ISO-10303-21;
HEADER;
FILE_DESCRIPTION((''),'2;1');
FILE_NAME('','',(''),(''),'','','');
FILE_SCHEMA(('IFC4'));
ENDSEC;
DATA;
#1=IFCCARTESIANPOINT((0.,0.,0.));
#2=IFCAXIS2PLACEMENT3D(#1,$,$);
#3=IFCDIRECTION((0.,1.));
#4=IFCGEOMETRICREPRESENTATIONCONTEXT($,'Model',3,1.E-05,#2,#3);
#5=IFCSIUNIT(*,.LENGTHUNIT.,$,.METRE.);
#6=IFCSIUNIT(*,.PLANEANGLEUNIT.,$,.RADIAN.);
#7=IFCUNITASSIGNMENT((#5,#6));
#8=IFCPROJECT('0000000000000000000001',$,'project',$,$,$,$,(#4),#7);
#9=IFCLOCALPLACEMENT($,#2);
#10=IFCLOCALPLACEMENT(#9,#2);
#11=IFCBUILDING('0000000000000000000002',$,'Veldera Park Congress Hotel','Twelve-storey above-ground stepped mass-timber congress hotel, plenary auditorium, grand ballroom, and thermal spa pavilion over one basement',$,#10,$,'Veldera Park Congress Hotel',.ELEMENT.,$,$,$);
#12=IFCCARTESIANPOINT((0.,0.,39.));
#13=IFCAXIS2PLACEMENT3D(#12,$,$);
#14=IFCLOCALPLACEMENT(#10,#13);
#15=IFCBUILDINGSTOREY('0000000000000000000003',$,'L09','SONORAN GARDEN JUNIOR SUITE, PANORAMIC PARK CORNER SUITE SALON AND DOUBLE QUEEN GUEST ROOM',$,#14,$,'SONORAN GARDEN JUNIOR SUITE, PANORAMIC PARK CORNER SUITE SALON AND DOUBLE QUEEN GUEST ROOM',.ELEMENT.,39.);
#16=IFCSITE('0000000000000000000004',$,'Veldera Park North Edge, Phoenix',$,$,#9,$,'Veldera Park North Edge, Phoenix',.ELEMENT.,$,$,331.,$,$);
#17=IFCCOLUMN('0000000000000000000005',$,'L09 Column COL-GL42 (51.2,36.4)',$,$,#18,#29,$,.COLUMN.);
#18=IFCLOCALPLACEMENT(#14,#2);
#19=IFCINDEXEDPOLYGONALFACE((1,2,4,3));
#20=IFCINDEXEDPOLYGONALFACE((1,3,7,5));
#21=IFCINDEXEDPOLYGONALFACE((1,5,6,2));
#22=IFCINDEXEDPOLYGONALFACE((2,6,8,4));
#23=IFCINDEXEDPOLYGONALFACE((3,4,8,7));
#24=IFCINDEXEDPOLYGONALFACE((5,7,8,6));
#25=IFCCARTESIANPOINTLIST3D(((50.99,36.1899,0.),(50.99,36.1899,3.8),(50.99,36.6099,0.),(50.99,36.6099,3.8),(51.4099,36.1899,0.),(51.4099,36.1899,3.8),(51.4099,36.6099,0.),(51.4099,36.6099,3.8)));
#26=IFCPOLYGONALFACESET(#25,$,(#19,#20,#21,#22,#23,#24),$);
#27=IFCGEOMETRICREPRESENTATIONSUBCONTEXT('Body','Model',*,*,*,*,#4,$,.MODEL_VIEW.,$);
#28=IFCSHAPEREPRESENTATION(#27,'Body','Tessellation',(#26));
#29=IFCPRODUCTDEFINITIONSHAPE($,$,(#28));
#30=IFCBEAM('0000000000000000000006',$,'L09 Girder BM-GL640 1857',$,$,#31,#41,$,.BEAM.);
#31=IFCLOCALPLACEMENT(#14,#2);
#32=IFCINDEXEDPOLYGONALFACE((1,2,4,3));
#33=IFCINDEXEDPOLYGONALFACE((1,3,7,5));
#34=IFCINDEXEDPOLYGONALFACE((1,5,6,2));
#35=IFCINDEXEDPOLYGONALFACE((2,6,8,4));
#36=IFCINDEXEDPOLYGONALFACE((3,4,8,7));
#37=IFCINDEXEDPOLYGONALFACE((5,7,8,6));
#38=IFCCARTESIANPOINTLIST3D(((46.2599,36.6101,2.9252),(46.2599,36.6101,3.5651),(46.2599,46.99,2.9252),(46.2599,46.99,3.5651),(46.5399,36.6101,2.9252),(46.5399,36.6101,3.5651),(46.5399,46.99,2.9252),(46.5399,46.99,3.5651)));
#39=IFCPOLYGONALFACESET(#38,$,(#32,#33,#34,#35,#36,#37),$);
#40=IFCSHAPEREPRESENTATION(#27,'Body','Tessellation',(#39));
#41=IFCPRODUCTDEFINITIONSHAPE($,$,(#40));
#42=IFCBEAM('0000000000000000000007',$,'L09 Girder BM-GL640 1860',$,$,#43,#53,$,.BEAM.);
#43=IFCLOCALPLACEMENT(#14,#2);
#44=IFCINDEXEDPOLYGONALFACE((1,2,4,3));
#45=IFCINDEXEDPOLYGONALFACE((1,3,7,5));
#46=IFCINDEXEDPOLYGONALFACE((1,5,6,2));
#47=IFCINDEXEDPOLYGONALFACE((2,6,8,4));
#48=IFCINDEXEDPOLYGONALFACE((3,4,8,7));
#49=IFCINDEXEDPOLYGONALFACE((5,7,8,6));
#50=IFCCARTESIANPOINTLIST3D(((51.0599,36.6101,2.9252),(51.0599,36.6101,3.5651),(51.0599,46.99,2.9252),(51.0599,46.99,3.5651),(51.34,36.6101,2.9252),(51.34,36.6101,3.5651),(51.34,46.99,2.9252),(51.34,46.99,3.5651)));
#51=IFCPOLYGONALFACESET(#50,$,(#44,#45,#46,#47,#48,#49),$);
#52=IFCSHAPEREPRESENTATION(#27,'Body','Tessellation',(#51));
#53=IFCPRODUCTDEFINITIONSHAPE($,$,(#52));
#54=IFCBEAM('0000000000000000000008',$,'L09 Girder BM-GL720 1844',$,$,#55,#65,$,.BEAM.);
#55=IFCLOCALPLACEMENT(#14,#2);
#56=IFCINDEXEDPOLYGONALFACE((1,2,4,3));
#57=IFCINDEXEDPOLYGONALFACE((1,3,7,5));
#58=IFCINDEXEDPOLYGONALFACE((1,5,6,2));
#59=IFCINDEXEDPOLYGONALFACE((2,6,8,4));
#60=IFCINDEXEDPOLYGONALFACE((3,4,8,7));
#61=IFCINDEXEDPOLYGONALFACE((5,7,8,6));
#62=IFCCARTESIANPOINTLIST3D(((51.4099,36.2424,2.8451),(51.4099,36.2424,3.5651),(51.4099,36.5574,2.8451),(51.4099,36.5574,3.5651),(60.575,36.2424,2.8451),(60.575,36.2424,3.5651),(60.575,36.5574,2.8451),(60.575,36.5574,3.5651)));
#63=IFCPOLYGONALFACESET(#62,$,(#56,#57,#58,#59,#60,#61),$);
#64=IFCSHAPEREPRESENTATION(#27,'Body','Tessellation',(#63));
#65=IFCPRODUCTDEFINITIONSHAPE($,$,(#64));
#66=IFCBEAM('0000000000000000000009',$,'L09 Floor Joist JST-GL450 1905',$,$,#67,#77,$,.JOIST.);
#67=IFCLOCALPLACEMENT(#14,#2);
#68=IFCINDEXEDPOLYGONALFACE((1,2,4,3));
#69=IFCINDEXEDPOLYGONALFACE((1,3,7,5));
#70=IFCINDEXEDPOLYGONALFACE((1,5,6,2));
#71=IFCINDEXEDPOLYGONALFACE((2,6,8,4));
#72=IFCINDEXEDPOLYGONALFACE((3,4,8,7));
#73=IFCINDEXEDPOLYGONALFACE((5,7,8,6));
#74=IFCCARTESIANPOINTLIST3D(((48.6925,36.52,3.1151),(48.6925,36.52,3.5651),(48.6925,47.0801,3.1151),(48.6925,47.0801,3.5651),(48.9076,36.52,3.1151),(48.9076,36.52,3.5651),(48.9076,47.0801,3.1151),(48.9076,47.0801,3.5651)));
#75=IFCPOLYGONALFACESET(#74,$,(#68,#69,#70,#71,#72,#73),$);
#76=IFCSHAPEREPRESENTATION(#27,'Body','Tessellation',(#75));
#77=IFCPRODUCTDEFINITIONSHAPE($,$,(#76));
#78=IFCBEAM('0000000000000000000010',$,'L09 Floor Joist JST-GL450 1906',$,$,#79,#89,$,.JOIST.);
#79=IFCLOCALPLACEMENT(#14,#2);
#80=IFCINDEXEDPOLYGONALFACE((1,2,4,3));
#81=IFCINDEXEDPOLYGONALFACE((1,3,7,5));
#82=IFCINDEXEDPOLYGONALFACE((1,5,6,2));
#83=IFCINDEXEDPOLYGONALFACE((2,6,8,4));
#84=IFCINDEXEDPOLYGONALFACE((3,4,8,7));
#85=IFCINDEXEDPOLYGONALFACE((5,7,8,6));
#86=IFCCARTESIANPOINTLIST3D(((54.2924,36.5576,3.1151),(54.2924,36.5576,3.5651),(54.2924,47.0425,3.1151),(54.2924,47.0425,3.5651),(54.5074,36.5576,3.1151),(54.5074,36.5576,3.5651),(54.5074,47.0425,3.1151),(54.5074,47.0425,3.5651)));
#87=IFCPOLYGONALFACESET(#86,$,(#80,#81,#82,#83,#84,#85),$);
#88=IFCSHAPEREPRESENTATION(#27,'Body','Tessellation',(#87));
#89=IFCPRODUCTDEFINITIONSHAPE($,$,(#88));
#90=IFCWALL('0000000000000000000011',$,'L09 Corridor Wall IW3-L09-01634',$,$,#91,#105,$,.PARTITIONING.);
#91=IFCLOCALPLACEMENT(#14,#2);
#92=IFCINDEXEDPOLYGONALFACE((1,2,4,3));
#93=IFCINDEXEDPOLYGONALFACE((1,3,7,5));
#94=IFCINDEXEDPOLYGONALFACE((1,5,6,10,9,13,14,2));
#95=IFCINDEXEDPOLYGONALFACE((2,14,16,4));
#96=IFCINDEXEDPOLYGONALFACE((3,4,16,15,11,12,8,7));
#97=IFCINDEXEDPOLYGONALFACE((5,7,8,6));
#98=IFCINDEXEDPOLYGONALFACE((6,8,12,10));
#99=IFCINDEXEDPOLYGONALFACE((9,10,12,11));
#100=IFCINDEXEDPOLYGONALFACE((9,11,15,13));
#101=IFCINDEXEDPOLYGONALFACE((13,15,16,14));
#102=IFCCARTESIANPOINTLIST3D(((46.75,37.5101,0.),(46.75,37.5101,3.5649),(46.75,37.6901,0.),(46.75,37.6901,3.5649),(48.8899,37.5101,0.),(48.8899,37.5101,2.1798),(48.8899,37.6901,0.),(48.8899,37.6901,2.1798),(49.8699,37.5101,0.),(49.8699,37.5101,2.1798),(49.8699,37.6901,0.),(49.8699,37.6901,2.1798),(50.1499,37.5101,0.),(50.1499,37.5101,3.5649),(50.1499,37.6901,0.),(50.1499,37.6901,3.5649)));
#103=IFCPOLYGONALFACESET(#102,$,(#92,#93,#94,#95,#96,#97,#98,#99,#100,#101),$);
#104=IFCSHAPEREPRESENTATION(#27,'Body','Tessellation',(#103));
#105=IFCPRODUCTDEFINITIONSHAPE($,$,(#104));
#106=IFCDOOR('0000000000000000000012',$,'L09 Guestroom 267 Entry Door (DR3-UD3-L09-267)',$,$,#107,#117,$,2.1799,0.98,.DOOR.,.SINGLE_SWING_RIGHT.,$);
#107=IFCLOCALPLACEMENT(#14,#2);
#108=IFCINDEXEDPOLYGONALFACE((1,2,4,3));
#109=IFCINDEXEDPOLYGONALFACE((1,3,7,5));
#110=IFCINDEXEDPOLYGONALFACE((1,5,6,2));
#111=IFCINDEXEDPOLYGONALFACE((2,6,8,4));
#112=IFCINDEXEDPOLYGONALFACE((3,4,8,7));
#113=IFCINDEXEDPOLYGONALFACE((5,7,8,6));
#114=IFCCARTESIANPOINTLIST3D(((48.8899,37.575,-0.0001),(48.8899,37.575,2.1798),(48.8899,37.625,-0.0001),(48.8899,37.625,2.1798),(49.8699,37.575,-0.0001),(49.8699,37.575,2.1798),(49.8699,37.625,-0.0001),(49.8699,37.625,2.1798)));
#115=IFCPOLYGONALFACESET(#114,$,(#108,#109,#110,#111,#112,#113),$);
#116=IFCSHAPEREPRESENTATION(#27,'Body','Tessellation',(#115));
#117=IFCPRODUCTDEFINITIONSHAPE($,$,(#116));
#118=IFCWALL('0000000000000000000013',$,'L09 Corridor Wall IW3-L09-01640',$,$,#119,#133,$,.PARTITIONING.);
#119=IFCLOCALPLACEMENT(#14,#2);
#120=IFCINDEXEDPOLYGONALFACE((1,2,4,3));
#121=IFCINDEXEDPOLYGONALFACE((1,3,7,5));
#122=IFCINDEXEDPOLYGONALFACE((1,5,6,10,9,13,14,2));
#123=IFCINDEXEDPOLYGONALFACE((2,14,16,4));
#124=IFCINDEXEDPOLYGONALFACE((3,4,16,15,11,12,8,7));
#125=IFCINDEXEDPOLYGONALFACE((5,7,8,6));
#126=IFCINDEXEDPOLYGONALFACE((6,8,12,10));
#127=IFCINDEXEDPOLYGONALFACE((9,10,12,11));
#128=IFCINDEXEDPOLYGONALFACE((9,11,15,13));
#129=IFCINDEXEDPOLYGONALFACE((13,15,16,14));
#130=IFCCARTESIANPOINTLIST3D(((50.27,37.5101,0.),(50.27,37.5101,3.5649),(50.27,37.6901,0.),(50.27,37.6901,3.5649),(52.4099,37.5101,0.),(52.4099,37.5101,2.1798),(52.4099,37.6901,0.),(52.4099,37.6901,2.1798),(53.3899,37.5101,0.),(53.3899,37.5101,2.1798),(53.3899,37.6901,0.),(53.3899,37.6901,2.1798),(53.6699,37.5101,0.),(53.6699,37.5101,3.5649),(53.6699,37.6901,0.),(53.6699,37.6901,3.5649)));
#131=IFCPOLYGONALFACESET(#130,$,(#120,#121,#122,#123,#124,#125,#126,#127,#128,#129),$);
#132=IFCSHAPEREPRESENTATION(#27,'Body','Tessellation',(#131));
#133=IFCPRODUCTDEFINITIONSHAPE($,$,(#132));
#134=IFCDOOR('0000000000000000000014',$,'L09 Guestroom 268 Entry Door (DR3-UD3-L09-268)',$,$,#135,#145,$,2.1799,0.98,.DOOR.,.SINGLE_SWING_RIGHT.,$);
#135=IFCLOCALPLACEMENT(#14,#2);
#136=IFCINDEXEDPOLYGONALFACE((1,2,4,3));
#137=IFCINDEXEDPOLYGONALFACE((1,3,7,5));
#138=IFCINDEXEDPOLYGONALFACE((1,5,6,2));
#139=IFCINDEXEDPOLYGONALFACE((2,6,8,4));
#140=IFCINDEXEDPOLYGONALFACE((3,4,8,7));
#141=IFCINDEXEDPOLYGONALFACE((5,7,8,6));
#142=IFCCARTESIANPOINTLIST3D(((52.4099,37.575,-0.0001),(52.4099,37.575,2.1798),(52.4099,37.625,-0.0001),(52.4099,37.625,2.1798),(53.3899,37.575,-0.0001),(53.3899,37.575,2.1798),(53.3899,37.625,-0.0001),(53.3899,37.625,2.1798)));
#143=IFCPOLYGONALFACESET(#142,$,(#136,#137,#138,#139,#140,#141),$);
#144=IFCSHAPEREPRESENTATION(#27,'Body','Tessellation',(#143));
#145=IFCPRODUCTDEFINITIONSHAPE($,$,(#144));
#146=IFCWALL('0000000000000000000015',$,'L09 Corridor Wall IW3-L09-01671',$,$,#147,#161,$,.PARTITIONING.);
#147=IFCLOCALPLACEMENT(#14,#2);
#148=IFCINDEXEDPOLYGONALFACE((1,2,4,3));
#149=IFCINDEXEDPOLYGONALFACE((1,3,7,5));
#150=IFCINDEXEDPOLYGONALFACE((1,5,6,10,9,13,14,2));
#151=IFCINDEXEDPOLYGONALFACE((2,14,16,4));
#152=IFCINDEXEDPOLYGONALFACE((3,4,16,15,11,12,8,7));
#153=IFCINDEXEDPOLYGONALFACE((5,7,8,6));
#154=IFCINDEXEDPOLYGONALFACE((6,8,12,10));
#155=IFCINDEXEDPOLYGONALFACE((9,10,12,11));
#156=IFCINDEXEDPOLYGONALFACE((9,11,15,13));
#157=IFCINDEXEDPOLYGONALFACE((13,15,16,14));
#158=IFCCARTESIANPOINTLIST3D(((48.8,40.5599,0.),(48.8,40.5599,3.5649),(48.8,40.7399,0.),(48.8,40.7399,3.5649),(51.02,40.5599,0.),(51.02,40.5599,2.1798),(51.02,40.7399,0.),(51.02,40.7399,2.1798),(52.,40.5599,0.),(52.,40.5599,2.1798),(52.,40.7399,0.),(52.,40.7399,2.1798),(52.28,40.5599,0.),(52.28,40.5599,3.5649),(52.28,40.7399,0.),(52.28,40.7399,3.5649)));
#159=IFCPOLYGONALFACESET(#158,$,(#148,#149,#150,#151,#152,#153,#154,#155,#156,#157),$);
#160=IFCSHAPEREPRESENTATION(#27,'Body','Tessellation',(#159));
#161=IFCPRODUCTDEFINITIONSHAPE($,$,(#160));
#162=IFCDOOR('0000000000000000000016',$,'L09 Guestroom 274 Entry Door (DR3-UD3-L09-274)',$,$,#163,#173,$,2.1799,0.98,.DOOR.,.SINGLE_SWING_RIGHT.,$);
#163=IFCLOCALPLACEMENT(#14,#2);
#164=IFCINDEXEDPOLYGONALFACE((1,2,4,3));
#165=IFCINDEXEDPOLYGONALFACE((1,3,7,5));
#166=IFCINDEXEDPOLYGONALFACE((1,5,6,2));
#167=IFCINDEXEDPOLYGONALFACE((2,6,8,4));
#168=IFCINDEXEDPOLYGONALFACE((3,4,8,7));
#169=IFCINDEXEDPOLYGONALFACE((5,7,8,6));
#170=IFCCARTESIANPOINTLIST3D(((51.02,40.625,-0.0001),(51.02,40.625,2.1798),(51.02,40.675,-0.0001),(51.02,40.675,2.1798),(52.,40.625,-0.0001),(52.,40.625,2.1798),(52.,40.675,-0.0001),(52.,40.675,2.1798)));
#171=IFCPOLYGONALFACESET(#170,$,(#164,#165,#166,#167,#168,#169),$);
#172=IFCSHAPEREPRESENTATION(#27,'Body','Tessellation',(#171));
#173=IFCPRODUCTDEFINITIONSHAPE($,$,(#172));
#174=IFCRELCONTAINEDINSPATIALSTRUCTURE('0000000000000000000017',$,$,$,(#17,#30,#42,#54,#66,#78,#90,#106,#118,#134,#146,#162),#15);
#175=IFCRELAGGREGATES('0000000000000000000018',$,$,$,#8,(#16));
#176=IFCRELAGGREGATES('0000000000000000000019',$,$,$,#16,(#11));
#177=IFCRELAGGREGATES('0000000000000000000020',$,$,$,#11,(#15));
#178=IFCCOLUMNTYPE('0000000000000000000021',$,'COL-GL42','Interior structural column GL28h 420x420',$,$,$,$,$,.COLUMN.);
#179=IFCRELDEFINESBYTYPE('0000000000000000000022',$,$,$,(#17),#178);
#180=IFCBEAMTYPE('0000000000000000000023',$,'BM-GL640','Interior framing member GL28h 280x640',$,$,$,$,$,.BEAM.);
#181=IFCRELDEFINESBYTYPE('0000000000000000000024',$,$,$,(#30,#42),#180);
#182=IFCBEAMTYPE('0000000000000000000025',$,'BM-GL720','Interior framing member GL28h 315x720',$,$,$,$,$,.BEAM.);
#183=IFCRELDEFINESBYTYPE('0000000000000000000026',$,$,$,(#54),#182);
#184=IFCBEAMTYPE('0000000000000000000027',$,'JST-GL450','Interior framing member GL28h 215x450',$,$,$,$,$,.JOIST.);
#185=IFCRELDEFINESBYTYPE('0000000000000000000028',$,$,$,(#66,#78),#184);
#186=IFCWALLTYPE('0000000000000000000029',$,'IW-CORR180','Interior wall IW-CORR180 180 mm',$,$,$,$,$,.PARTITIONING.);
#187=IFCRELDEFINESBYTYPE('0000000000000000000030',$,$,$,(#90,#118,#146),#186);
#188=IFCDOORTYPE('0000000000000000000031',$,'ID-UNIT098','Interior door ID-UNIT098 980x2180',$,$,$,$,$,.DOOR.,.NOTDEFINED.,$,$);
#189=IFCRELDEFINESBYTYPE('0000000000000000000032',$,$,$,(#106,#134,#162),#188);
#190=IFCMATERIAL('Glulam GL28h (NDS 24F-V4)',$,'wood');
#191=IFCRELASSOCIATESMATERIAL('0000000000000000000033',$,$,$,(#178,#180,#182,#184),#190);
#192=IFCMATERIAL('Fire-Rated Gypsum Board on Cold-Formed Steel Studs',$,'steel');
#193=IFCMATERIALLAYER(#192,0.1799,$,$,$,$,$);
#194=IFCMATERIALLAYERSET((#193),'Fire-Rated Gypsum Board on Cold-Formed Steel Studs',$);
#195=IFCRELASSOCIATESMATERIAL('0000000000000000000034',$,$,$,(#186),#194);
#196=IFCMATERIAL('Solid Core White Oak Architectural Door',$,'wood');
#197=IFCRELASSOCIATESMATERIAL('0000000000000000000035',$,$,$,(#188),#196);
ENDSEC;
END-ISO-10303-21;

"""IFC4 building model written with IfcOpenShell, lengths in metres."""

from ifc_helpers import new_model, si_unit, direction, frame, frame_2d, origin, origin_2d, place, context, subcontext, project, spatial, rectangle, extrude, material, layer, layer_set, material_profile, profile_set, type_object, element, fill, save


model = new_model("IFC4")

# Units and contexts
model_context = context("Model", 3, precision=1e-05, world=origin(), true_north=direction((0.0, 1.0)))
body_context = subcontext(model_context, "Body", "Model", "MODEL_VIEW")
ifc_project = project(units=[si_unit("LENGTHUNIT", "METRE"), si_unit("PLANEANGLEUNIT", "RADIAN")], contexts=[model_context])

# Site, building, storey
site_placement = place(None, origin())
site = spatial("IfcSite", under=ifc_project, at=site_placement, Name="Veldera Park North Edge, Phoenix", LongName="Veldera Park North Edge, Phoenix", CompositionType="ELEMENT", RefElevation=331.0)
building_placement = place(site_placement, origin())
building = spatial("IfcBuilding", under=site, at=building_placement, Name="Veldera Park Congress Hotel", Description="Twelve-storey above-ground stepped mass-timber congress hotel, plenary auditorium, grand ballroom, and thermal spa pavilion over one basement", LongName="Veldera Park Congress Hotel", CompositionType="ELEMENT")
storey_placement = place(building_placement, frame((0.0, 0.0, 39.0)))
storey = spatial("IfcBuildingStorey", under=building, at=storey_placement, Name="L09", Description="SONORAN GARDEN JUNIOR SUITE, PANORAMIC PARK CORNER SUITE SALON AND DOUBLE QUEEN GUEST ROOM", LongName="SONORAN GARDEN JUNIOR SUITE, PANORAMIC PARK CORNER SUITE SALON AND DOUBLE QUEEN GUEST ROOM", CompositionType="ELEMENT", Elevation=39.0)

# Column
ifc_material_1 = material(Name="Glulam GL28h (NDS 24F-V4)", Category="wood")
ifc_material_profile_1 = material_profile(ifc_material_1, rectangle(XDim=0.4199, YDim=0.4199, at=origin_2d()), Name="GL28h 420x420")
ifc_profile_set_1 = profile_set([ifc_material_profile_1], Name="Glulam GL28h (NDS 24F-V4)")
column_type = type_object("IfcColumnType", Name="COL-GL42", Description="Interior structural column GL28h 420x420", PredefinedType="COLUMN", material=ifc_profile_set_1)
column_placement = place(storey_placement, frame((51.2, 36.3999, 0.0), z_axis=(0.0, 0.0, 1.0), x_axis=(1.0, 0.0, 0.0)))
element("IfcColumn", 1, at=column_placement, inside=storey, type_object=column_type, Name="L09 Column COL-GL42 (51.2,36.4)", PredefinedType="COLUMN", context=body_context, shape_type="SweptSolid", body=[
    extrude(rectangle(XDim=0.4199, YDim=0.4199, at=origin_2d()), origin(), (0.0, 0.0, 1.0), 3.8),
])

# Beams
ifc_material_profile_2 = material_profile(ifc_material_1, rectangle(XDim=0.28, YDim=0.6399, at=origin_2d()), Name="GL28h 280x640")
ifc_profile_set_2 = profile_set([ifc_material_profile_2], Name="Glulam GL28h (NDS 24F-V4)")
beam_type_1 = type_object("IfcBeamType", Name="BM-GL640", Description="Interior framing member GL28h 280x640", PredefinedType="BEAM", material=ifc_profile_set_2)
for number, where, z_axis, x_axis, name in (
    (2, (46.3999, 36.6101, 3.2451), (0.0, 1.0, 0.0), (-1.0, 0.0, 0.0), "L09 Girder BM-GL640 1857"),
    (3, (51.2, 36.6101, 3.2451), (0.0, 1.0, 0.0), (-1.0, 0.0, 0.0), "L09 Girder BM-GL640 1860"),
):
    element("IfcBeam", number, at=place(storey_placement, frame(where, z_axis=z_axis, x_axis=x_axis)), inside=storey, type_object=beam_type_1, Name=name, PredefinedType="BEAM", context=body_context, shape_type="SweptSolid", body=[
        extrude(rectangle(XDim=0.28, YDim=0.6399, at=origin_2d()), origin(), (0.0, 0.0, 1.0), 10.3799),
    ])
ifc_material_profile_3 = material_profile(ifc_material_1, rectangle(XDim=0.3149, YDim=0.72, at=origin_2d()), Name="GL28h 315x720")
ifc_profile_set_3 = profile_set([ifc_material_profile_3], Name="Glulam GL28h (NDS 24F-V4)")
beam_type_2 = type_object("IfcBeamType", Name="BM-GL720", Description="Interior framing member GL28h 315x720", PredefinedType="BEAM", material=ifc_profile_set_3)
beam_1_placement = place(storey_placement, frame((51.4099, 36.3999, 3.2051), z_axis=(1.0, 0.0, 0.0), x_axis=(0.0, 1.0, 0.0)))
element("IfcBeam", 4, at=beam_1_placement, inside=storey, type_object=beam_type_2, Name="L09 Girder BM-GL720 1844", PredefinedType="BEAM", context=body_context, shape_type="SweptSolid", body=[
    extrude(rectangle(XDim=0.3149, YDim=0.72, at=origin_2d()), origin(), (0.0, 0.0, 1.0), 9.165),
])
ifc_material_profile_4 = material_profile(ifc_material_1, rectangle(XDim=0.2151, YDim=0.45, at=origin_2d()), Name="GL28h 215x450")
ifc_profile_set_4 = profile_set([ifc_material_profile_4], Name="Glulam GL28h (NDS 24F-V4)")
beam_type_3 = type_object("IfcBeamType", Name="JST-GL450", Description="Interior framing member GL28h 215x450", PredefinedType="JOIST", material=ifc_profile_set_4)
beam_2_placement = place(storey_placement, frame((48.8, 36.52, 3.3401), z_axis=(0.0, 1.0, 0.0), x_axis=(-1.0, 0.0, 0.0)))
element("IfcBeam", 5, at=beam_2_placement, inside=storey, type_object=beam_type_3, Name="L09 Floor Joist JST-GL450 1905", PredefinedType="JOIST", context=body_context, shape_type="SweptSolid", body=[
    extrude(rectangle(XDim=0.2151, YDim=0.45, at=origin_2d()), origin(), (0.0, 0.0, 1.0), 10.5601),
])
beam_3_placement = place(storey_placement, frame((54.3999, 36.5576, 3.3401), z_axis=(0.0, 1.0, 0.0), x_axis=(-1.0, 0.0, 0.0)))
element("IfcBeam", 6, at=beam_3_placement, inside=storey, type_object=beam_type_3, Name="L09 Floor Joist JST-GL450 1906", PredefinedType="JOIST", context=body_context, shape_type="SweptSolid", body=[
    extrude(rectangle(XDim=0.2151, YDim=0.45, at=origin_2d()), origin(), (0.0, 0.0, 1.0), 10.4849),
])

# Walls, openings, doors
ifc_material_2 = material(Name="Fire-Rated Gypsum Board on Cold-Formed Steel Studs", Category="steel")
ifc_layer_1 = layer(ifc_material_2, 0.1799)
ifc_layer_set_1 = layer_set([ifc_layer_1], Name="Fire-Rated Gypsum Board on Cold-Formed Steel Studs")
wall_type_1 = type_object("IfcWallType", Name="IW-CORR180", Description="Interior wall IW-CORR180 180 mm", PredefinedType="PARTITIONING", material=ifc_layer_set_1)
wall_1_placement = place(storey_placement, frame((50.1499, 37.6001, 0.0), z_axis=(0.0, 0.0, 1.0), x_axis=(-1.0, 0.0, 0.0)))
wall_1 = element("IfcWall", 7, at=wall_1_placement, inside=storey, type_object=wall_type_1, Name="L09 Corridor Wall IW3-L09-01634", PredefinedType="PARTITIONING", context=body_context, shape_type="SweptSolid", body=[
    extrude(rectangle(XDim=3.3999, YDim=0.1799, at=frame_2d((1.7, 0.0))), origin(), (0.0, 0.0, 1.0), 3.5649),
])
opening_1_placement = place(wall_1_placement, frame((0.28, 0.0, 0.0)))
opening_1 = element("IfcOpeningElement", 8, at=opening_1_placement, cuts=wall_1, PredefinedType="OPENING", context=body_context, shape_type="SweptSolid", body=[
    extrude(rectangle(XDim=0.98, YDim=2.1799, at=frame_2d((0.49, 1.0898))), frame((0.0, 0.1021, 0.0), z_axis=(0.0, -1.0, 0.0), x_axis=(1.0, 0.0, 0.0)), (0.0, 0.0, 1.0), 0.2039),
])
ifc_material_3 = material(Name="Solid Core White Oak Architectural Door", Category="wood")
door_type = type_object("IfcDoorType", Name="ID-UNIT098", Description="Interior door ID-UNIT098 980x2180", OperationType="NOTDEFINED", PredefinedType="DOOR", material=ifc_material_3)
door_1_placement = place(opening_1_placement, frame((0.98, 0.0, 0.0), z_axis=(0.0, 0.0, 1.0), x_axis=(-1.0, 0.0, 0.0)))
door_1 = element("IfcDoor", 9, at=door_1_placement, inside=storey, type_object=door_type, Name="L09 Guestroom 267 Entry Door (DR3-UD3-L09-267)", OperationType="SINGLE_SWING_RIGHT", OverallHeight=2.1799, OverallWidth=0.98, PredefinedType="DOOR", context=body_context, shape_type="SweptSolid", body=[
    extrude(rectangle(XDim=0.98, YDim=2.1799, at=frame_2d((0.49, 1.0898))), frame((0.0, 0.0249, 0.0), z_axis=(0.0, -1.0, 0.0), x_axis=(1.0, 0.0, 0.0)), (0.0, 0.0, 1.0), 0.05),
])
fill(opening_1, door_1)
wall_2_placement = place(storey_placement, frame((53.6699, 37.6001, 0.0), z_axis=(0.0, 0.0, 1.0), x_axis=(-1.0, 0.0, 0.0)))
wall_2 = element("IfcWall", 10, at=wall_2_placement, inside=storey, type_object=wall_type_1, Name="L09 Corridor Wall IW3-L09-01640", PredefinedType="PARTITIONING", context=body_context, shape_type="SweptSolid", body=[
    extrude(rectangle(XDim=3.3999, YDim=0.1799, at=frame_2d((1.7, 0.0))), origin(), (0.0, 0.0, 1.0), 3.5649),
])
opening_2_placement = place(wall_2_placement, frame((0.28, 0.0, 0.0)))
opening_2 = element("IfcOpeningElement", 11, at=opening_2_placement, cuts=wall_2, PredefinedType="OPENING", context=body_context, shape_type="SweptSolid", body=[
    extrude(rectangle(XDim=0.98, YDim=2.1799, at=frame_2d((0.49, 1.0898))), frame((0.0, 0.1021, 0.0), z_axis=(0.0, -1.0, 0.0), x_axis=(1.0, 0.0, 0.0)), (0.0, 0.0, 1.0), 0.2039),
])
door_2_placement = place(opening_2_placement, frame((0.98, 0.0, 0.0), z_axis=(0.0, 0.0, 1.0), x_axis=(-1.0, 0.0, 0.0)))
door_2 = element("IfcDoor", 12, at=door_2_placement, inside=storey, type_object=door_type, Name="L09 Guestroom 268 Entry Door (DR3-UD3-L09-268)", OperationType="SINGLE_SWING_RIGHT", OverallHeight=2.1799, OverallWidth=0.98, PredefinedType="DOOR", context=body_context, shape_type="SweptSolid", body=[
    extrude(rectangle(XDim=0.98, YDim=2.1799, at=frame_2d((0.49, 1.0898))), frame((0.0, 0.0249, 0.0), z_axis=(0.0, -1.0, 0.0), x_axis=(1.0, 0.0, 0.0)), (0.0, 0.0, 1.0), 0.05),
])
fill(opening_2, door_2)
wall_3_placement = place(storey_placement, frame((48.8, 40.6499, 0.0), z_axis=(0.0, 0.0, 1.0), x_axis=(1.0, 0.0, 0.0)))
wall_3 = element("IfcWall", 13, at=wall_3_placement, inside=storey, type_object=wall_type_1, Name="L09 Corridor Wall IW3-L09-01671", PredefinedType="PARTITIONING", context=body_context, shape_type="SweptSolid", body=[
    extrude(rectangle(XDim=3.48, YDim=0.1799, at=frame_2d((1.74, 0.0))), origin(), (0.0, 0.0, 1.0), 3.5649),
])
opening_3_placement = place(wall_3_placement, frame((2.22, 0.0, 0.0)))
opening_3 = element("IfcOpeningElement", 14, at=opening_3_placement, cuts=wall_3, PredefinedType="OPENING", context=body_context, shape_type="SweptSolid", body=[
    extrude(rectangle(XDim=0.98, YDim=2.1799, at=frame_2d((0.49, 1.0898))), frame((0.0, 0.1021, 0.0), z_axis=(0.0, -1.0, 0.0), x_axis=(1.0, 0.0, 0.0)), (0.0, 0.0, 1.0), 0.2039),
])
door_3_placement = place(opening_3_placement, frame((0.98, 0.0, 0.0), z_axis=(0.0, 0.0, 1.0), x_axis=(-1.0, 0.0, 0.0)))
door_3 = element("IfcDoor", 15, at=door_3_placement, inside=storey, type_object=door_type, Name="L09 Guestroom 274 Entry Door (DR3-UD3-L09-274)", OperationType="SINGLE_SWING_RIGHT", OverallHeight=2.1799, OverallWidth=0.98, PredefinedType="DOOR", context=body_context, shape_type="SweptSolid", body=[
    extrude(rectangle(XDim=0.98, YDim=2.1799, at=frame_2d((0.49, 1.0898))), frame((0.0, 0.0249, 0.0), z_axis=(0.0, -1.0, 0.0), x_axis=(1.0, 0.0, 0.0)), (0.0, 0.0, 1.0), 0.05),
])
fill(opening_3, door_3)

save(model, "model.ifc")
